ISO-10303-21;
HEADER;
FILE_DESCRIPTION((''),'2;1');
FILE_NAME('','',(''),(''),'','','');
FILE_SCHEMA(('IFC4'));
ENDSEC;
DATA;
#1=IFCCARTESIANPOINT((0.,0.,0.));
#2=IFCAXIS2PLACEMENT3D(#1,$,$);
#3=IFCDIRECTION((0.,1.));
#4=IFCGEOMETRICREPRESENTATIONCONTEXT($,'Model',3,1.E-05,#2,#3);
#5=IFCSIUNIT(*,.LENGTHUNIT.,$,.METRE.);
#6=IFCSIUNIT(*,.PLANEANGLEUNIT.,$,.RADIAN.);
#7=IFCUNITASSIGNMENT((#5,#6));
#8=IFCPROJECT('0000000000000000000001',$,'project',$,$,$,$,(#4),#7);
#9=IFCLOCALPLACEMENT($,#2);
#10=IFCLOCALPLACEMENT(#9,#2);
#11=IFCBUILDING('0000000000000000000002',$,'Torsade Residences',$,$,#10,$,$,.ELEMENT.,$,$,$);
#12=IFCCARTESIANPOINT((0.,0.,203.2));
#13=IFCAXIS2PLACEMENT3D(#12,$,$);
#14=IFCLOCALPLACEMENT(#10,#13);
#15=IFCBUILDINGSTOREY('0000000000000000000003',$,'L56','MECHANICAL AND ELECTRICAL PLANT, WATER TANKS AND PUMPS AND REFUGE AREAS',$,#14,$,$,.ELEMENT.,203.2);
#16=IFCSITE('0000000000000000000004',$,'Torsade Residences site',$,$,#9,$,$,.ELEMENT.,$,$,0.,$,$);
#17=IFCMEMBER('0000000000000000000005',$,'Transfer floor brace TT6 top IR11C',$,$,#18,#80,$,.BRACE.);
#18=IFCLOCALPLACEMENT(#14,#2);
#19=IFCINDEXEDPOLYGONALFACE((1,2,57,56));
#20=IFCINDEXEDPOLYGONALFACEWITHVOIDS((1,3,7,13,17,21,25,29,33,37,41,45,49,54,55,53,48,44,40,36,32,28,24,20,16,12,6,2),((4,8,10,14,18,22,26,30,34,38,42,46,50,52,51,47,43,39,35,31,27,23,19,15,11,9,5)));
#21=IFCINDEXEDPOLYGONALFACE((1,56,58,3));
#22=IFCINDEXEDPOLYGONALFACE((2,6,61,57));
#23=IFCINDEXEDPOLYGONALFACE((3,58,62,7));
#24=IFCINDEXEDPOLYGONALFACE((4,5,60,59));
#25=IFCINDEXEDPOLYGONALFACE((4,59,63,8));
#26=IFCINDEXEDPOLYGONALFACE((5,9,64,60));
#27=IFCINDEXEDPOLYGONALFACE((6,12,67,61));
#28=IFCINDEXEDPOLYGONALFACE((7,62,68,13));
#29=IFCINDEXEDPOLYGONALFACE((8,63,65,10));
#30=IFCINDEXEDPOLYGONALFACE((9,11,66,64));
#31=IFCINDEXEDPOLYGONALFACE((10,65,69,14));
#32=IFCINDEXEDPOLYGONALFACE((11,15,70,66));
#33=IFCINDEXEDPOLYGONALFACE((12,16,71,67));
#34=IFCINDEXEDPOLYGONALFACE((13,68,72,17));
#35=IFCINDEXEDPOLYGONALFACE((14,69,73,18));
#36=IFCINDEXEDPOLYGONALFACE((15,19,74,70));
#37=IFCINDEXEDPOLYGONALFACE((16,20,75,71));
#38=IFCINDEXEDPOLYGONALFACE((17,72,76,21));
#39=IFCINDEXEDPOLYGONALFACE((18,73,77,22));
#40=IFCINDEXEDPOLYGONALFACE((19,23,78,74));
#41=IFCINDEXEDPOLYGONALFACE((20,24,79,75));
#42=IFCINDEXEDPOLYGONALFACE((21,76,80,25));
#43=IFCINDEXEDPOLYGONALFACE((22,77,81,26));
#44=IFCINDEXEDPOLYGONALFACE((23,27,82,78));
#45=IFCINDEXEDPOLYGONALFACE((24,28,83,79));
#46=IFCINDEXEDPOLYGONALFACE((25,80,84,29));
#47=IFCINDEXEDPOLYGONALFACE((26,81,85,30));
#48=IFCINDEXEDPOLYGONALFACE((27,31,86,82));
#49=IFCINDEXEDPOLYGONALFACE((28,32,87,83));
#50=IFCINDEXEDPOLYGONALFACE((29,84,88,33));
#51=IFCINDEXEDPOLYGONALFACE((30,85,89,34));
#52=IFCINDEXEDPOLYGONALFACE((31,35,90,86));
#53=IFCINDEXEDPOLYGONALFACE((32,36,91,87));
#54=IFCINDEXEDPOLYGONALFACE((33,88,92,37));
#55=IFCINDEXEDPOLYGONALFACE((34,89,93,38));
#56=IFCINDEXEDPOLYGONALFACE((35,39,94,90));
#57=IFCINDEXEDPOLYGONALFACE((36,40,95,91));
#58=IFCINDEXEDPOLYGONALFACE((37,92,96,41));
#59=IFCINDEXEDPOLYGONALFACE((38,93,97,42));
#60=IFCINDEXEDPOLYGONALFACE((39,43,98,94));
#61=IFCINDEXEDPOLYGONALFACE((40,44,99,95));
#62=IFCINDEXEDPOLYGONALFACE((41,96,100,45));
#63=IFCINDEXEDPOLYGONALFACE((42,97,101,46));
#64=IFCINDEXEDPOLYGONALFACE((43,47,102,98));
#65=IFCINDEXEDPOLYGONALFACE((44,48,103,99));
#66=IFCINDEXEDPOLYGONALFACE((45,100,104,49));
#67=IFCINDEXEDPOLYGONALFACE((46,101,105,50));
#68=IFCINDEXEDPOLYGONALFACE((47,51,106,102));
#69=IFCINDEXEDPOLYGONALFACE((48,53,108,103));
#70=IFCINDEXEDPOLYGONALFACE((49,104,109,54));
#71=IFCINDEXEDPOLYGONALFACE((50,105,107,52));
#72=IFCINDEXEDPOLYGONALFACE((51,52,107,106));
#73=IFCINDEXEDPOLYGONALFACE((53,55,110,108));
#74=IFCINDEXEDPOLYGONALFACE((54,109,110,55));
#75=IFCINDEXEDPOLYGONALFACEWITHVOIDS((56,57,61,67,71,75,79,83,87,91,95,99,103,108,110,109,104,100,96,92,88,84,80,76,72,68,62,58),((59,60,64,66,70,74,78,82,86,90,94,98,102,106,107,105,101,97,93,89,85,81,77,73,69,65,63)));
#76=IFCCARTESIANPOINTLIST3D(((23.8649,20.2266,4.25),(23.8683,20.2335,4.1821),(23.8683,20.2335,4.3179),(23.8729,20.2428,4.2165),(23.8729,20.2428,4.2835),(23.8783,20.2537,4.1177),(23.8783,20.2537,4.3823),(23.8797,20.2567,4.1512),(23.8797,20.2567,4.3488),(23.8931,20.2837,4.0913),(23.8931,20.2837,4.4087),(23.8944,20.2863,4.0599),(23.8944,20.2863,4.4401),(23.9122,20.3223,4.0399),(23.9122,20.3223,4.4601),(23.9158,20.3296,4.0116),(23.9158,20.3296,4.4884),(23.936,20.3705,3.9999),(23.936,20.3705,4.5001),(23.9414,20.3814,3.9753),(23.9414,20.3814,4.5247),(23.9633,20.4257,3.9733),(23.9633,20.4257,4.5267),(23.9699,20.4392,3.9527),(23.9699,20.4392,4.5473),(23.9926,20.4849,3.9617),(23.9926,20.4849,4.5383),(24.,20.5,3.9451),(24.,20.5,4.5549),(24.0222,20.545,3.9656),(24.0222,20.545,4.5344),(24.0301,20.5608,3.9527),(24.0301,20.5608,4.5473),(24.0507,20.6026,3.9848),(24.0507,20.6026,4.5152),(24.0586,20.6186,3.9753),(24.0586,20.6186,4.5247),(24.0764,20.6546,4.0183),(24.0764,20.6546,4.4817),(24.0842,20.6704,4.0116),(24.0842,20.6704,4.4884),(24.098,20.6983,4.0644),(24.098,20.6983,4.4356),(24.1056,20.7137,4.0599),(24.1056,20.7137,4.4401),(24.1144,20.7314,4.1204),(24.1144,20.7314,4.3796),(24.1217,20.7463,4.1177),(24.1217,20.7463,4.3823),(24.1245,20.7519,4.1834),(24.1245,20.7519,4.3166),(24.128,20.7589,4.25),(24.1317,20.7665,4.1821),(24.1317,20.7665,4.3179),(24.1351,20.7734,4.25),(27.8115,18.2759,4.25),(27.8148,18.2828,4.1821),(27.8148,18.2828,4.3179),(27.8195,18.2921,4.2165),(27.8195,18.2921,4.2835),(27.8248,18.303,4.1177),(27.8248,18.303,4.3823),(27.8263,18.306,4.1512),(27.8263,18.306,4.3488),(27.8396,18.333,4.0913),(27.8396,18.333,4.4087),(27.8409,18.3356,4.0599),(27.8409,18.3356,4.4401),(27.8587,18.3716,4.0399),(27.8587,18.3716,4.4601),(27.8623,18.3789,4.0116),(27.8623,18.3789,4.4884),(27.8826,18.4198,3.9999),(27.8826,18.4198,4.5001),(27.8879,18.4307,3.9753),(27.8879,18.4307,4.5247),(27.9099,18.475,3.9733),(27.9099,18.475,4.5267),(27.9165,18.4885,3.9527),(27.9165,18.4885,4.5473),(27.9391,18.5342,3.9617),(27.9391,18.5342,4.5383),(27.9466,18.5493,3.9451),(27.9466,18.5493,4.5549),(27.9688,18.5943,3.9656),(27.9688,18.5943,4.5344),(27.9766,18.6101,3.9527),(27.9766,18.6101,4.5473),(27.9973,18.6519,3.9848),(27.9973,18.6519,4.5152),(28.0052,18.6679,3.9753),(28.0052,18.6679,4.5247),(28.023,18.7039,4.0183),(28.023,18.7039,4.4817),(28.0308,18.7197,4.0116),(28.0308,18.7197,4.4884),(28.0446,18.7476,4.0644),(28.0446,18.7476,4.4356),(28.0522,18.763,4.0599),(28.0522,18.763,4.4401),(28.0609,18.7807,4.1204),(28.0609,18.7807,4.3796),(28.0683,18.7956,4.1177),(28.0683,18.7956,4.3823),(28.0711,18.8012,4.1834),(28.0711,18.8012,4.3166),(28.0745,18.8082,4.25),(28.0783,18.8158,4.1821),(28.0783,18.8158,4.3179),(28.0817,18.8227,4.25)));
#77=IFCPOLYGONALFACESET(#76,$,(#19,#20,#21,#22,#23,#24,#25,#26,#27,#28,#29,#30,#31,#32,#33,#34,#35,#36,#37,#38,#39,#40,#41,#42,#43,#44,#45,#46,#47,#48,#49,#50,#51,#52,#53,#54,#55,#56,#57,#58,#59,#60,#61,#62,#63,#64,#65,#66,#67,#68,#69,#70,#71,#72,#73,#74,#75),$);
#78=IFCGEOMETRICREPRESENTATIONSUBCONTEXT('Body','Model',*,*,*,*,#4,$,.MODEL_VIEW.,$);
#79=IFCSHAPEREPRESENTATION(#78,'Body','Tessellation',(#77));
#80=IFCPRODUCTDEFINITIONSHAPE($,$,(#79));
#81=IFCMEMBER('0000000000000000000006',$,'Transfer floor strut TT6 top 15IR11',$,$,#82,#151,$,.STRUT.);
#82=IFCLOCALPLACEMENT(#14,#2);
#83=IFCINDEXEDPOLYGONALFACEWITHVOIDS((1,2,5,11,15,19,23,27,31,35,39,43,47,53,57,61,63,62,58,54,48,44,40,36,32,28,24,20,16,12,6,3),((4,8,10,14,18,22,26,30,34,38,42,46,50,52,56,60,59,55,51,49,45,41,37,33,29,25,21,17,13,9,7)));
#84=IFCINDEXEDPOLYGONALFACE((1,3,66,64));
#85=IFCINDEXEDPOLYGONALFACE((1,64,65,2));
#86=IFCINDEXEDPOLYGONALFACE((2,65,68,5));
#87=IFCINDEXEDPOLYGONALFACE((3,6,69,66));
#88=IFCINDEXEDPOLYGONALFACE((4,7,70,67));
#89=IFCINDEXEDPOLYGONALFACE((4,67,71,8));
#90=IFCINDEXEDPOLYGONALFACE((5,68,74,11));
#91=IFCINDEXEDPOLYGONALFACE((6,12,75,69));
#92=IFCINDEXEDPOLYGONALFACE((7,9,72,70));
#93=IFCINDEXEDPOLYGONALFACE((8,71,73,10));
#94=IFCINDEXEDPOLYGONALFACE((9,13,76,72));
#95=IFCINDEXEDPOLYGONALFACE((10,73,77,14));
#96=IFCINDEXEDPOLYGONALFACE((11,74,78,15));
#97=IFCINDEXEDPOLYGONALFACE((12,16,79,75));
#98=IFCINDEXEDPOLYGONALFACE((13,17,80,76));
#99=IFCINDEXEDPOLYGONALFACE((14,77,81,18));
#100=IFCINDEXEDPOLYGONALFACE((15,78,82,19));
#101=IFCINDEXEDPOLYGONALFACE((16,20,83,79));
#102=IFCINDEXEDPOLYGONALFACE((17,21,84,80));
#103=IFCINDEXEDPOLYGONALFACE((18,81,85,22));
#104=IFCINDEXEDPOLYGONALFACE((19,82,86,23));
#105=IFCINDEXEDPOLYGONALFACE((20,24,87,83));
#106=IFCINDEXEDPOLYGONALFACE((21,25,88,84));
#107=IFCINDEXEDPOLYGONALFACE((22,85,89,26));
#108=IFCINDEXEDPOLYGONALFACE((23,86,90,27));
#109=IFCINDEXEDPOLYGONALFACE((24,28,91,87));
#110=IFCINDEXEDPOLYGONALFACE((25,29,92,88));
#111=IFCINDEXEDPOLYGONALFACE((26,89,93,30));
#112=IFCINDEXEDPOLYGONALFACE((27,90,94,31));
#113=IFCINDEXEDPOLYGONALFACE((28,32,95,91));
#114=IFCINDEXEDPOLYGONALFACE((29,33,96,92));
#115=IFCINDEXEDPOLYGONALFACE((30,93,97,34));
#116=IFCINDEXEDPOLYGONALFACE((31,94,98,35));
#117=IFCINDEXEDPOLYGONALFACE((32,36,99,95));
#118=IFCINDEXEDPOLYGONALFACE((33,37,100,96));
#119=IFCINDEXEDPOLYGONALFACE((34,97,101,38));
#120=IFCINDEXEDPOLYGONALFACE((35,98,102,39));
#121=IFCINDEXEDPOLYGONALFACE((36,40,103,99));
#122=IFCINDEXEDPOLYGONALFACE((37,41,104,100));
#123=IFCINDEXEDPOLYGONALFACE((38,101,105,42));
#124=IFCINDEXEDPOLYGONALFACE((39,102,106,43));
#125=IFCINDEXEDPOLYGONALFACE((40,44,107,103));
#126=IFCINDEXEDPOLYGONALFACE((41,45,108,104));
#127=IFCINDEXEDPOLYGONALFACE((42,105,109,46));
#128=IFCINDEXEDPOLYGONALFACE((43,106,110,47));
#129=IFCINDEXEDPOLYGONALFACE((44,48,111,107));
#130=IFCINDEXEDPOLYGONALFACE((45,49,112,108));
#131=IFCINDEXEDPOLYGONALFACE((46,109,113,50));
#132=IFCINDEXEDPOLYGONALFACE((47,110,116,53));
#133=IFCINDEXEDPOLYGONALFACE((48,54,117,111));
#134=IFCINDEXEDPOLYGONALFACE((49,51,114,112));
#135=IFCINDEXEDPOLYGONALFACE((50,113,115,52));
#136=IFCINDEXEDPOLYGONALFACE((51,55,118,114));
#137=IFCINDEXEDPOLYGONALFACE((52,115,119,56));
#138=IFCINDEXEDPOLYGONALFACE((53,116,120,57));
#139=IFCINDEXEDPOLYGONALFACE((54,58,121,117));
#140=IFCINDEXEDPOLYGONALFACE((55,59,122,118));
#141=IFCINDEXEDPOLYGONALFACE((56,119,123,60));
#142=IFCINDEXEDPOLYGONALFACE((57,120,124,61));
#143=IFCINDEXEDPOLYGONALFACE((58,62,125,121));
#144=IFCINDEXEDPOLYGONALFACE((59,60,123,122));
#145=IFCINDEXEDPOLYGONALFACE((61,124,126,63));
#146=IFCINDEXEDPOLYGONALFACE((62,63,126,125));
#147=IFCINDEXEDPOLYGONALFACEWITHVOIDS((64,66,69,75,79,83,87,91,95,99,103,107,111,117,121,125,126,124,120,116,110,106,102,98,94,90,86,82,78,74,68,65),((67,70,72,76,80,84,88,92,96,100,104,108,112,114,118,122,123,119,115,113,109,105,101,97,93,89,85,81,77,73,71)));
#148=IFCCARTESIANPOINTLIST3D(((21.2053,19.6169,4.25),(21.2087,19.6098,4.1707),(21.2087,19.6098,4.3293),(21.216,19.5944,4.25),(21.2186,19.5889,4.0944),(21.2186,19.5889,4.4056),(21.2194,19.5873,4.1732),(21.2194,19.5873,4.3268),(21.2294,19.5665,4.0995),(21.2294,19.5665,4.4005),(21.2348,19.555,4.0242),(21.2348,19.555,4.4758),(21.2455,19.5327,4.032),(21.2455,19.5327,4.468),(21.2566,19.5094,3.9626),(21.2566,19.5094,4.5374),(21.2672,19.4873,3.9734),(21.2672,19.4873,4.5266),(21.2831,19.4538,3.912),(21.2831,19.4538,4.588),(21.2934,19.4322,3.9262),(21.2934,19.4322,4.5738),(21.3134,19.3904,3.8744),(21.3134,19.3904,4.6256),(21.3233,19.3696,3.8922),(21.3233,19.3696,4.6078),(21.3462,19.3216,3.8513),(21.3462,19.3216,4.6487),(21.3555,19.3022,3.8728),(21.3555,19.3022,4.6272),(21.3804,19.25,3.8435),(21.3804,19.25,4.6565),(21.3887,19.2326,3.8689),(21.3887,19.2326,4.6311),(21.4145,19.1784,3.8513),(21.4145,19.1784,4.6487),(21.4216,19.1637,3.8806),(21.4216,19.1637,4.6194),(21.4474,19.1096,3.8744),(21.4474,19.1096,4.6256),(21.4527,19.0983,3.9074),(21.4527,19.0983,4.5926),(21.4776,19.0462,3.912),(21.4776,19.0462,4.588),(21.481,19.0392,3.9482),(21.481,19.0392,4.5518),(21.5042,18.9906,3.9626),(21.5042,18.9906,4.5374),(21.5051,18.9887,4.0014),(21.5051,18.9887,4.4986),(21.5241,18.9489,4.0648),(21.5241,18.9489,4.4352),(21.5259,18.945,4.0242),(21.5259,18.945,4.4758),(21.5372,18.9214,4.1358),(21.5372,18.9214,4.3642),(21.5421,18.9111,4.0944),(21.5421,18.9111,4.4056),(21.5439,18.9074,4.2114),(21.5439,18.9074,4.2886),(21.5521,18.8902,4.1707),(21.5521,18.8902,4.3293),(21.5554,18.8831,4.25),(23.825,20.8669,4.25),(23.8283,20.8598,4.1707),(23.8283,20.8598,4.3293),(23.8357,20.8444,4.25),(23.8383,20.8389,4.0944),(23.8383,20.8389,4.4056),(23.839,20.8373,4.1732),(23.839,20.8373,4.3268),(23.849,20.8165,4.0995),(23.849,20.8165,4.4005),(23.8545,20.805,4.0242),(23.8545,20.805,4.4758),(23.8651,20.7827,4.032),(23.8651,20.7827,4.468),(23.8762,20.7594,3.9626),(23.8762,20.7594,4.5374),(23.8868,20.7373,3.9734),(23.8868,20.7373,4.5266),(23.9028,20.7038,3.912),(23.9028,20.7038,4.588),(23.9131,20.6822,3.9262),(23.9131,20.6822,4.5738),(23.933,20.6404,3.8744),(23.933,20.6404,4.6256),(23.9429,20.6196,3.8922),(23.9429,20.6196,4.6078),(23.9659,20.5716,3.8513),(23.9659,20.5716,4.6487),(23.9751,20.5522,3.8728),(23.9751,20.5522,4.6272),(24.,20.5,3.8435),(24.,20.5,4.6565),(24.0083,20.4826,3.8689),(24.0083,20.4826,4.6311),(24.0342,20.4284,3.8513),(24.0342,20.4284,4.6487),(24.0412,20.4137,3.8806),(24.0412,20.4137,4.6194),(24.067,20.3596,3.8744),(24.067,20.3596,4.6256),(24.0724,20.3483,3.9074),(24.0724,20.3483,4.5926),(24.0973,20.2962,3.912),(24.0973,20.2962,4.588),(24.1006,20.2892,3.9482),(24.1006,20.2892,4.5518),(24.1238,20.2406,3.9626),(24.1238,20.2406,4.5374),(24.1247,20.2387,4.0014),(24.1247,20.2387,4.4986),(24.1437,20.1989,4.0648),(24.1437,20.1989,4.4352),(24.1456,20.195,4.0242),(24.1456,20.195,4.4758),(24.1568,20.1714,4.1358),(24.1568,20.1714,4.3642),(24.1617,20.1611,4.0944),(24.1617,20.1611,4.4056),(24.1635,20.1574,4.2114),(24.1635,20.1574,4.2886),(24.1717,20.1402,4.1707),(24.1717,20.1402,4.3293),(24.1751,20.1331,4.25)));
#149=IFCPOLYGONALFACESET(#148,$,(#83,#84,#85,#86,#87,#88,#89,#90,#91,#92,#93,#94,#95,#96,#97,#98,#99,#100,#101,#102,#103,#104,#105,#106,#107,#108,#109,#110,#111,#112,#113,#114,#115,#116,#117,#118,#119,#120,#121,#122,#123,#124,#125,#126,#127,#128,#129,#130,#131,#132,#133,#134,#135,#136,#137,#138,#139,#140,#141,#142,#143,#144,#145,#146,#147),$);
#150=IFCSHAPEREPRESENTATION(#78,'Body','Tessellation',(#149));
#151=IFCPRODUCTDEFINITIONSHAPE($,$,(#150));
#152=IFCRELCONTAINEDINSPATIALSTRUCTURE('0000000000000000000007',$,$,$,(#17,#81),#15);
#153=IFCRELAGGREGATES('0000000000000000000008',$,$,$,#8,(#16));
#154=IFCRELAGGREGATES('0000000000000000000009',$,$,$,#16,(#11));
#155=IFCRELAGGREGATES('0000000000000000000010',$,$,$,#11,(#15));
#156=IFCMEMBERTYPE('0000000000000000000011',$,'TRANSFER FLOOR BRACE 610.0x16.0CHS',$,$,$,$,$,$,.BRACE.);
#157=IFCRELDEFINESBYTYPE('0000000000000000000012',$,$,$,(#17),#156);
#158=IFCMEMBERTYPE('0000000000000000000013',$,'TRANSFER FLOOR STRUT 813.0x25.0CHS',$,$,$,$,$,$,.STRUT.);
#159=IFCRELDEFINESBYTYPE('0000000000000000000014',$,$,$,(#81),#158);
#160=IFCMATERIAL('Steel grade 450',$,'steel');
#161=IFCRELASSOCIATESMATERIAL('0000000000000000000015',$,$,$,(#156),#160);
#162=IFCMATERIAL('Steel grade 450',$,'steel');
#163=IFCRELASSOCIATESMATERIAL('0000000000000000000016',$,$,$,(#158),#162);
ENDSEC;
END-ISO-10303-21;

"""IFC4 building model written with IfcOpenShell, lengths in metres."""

from ifc_helpers import new_model, si_unit, direction, frame, origin, origin_2d, place, context, subcontext, project, spatial, hollow_circle, extrude, material, material_profile, profile_set, type_object, element, save


model = new_model("IFC4")

# Units and contexts
model_context = context("Model", 3, precision=1e-05, world=origin(), true_north=direction((0.0, 1.0)))
body_context = subcontext(model_context, "Body", "Model", "MODEL_VIEW")
ifc_project = project(units=[si_unit("LENGTHUNIT", "METRE"), si_unit("PLANEANGLEUNIT", "RADIAN")], contexts=[model_context])

# Site, building, storey
site_placement = place(None, origin())
site = spatial("IfcSite", under=ifc_project, at=site_placement, Name="Torsade Residences site", CompositionType="ELEMENT", RefElevation=0.0)
building_placement = place(site_placement, origin())
building = spatial("IfcBuilding", under=site, at=building_placement, Name="Torsade Residences", CompositionType="ELEMENT")
storey_placement = place(building_placement, frame((0.0, 0.0, 203.2)))
storey = spatial("IfcBuildingStorey", under=building, at=storey_placement, Name="L56", Description="MECHANICAL AND ELECTRICAL PLANT, WATER TANKS AND PUMPS AND REFUGE AREAS", CompositionType="ELEMENT", Elevation=203.2)

# Members
ifc_material_1 = material(Name="Steel grade 450", Category="steel")
ifc_material_profile_1 = material_profile(ifc_material_1, hollow_circle(Radius=0.3049, WallThickness=0.0161, at=origin_2d()), Name="610.0x16.0CHS")
ifc_profile_set_1 = profile_set([ifc_material_profile_1], Name="Steel grade 450")
member_type_1 = type_object("IfcMemberType", Name="TRANSFER FLOOR BRACE 610.0x16.0CHS", PredefinedType="BRACE", material=ifc_profile_set_1)
member_1_placement = place(storey_placement, frame((24.0, 20.5, 4.25), z_axis=(0.89647, -0.443105, 0.0), x_axis=(0.443105, 0.89647, 0.0)))
element("IfcMember", 1, at=member_1_placement, inside=storey, type_object=member_type_1, Name="Transfer floor brace TT6 top IR11C", PredefinedType="BRACE", context=body_context, shape_type="SweptSolid", body=[
    extrude(hollow_circle(Radius=0.3049, WallThickness=0.0161, at=origin_2d()), origin(), (0.0, 0.0, 1.0), 4.4023),
])
ifc_material_2 = material(Name="Steel grade 450", Category="steel")
ifc_material_profile_2 = material_profile(ifc_material_2, hollow_circle(Radius=0.4065, WallThickness=0.0249, at=origin_2d()), Name="813.0x25.0CHS")
ifc_profile_set_2 = profile_set([ifc_material_profile_2], Name="Steel grade 450")
member_type_2 = type_object("IfcMemberType", Name="TRANSFER FLOOR STRUT 813.0x25.0CHS", PredefinedType="STRUT", material=ifc_profile_set_2)
member_2_placement = place(storey_placement, frame((21.3804, 19.25, 4.25), z_axis=(0.902518, 0.430652, 0.0), x_axis=(-0.430652, 0.902518, 0.0)))
element("IfcMember", 2, at=member_2_placement, inside=storey, type_object=member_type_2, Name="Transfer floor strut TT6 top 15IR11", PredefinedType="STRUT", context=body_context, shape_type="SweptSolid", body=[
    extrude(hollow_circle(Radius=0.4065, WallThickness=0.0249, at=origin_2d()), origin(), (0.0, 0.0, 1.0), 2.9026),
])

save(model, "model.ifc")
